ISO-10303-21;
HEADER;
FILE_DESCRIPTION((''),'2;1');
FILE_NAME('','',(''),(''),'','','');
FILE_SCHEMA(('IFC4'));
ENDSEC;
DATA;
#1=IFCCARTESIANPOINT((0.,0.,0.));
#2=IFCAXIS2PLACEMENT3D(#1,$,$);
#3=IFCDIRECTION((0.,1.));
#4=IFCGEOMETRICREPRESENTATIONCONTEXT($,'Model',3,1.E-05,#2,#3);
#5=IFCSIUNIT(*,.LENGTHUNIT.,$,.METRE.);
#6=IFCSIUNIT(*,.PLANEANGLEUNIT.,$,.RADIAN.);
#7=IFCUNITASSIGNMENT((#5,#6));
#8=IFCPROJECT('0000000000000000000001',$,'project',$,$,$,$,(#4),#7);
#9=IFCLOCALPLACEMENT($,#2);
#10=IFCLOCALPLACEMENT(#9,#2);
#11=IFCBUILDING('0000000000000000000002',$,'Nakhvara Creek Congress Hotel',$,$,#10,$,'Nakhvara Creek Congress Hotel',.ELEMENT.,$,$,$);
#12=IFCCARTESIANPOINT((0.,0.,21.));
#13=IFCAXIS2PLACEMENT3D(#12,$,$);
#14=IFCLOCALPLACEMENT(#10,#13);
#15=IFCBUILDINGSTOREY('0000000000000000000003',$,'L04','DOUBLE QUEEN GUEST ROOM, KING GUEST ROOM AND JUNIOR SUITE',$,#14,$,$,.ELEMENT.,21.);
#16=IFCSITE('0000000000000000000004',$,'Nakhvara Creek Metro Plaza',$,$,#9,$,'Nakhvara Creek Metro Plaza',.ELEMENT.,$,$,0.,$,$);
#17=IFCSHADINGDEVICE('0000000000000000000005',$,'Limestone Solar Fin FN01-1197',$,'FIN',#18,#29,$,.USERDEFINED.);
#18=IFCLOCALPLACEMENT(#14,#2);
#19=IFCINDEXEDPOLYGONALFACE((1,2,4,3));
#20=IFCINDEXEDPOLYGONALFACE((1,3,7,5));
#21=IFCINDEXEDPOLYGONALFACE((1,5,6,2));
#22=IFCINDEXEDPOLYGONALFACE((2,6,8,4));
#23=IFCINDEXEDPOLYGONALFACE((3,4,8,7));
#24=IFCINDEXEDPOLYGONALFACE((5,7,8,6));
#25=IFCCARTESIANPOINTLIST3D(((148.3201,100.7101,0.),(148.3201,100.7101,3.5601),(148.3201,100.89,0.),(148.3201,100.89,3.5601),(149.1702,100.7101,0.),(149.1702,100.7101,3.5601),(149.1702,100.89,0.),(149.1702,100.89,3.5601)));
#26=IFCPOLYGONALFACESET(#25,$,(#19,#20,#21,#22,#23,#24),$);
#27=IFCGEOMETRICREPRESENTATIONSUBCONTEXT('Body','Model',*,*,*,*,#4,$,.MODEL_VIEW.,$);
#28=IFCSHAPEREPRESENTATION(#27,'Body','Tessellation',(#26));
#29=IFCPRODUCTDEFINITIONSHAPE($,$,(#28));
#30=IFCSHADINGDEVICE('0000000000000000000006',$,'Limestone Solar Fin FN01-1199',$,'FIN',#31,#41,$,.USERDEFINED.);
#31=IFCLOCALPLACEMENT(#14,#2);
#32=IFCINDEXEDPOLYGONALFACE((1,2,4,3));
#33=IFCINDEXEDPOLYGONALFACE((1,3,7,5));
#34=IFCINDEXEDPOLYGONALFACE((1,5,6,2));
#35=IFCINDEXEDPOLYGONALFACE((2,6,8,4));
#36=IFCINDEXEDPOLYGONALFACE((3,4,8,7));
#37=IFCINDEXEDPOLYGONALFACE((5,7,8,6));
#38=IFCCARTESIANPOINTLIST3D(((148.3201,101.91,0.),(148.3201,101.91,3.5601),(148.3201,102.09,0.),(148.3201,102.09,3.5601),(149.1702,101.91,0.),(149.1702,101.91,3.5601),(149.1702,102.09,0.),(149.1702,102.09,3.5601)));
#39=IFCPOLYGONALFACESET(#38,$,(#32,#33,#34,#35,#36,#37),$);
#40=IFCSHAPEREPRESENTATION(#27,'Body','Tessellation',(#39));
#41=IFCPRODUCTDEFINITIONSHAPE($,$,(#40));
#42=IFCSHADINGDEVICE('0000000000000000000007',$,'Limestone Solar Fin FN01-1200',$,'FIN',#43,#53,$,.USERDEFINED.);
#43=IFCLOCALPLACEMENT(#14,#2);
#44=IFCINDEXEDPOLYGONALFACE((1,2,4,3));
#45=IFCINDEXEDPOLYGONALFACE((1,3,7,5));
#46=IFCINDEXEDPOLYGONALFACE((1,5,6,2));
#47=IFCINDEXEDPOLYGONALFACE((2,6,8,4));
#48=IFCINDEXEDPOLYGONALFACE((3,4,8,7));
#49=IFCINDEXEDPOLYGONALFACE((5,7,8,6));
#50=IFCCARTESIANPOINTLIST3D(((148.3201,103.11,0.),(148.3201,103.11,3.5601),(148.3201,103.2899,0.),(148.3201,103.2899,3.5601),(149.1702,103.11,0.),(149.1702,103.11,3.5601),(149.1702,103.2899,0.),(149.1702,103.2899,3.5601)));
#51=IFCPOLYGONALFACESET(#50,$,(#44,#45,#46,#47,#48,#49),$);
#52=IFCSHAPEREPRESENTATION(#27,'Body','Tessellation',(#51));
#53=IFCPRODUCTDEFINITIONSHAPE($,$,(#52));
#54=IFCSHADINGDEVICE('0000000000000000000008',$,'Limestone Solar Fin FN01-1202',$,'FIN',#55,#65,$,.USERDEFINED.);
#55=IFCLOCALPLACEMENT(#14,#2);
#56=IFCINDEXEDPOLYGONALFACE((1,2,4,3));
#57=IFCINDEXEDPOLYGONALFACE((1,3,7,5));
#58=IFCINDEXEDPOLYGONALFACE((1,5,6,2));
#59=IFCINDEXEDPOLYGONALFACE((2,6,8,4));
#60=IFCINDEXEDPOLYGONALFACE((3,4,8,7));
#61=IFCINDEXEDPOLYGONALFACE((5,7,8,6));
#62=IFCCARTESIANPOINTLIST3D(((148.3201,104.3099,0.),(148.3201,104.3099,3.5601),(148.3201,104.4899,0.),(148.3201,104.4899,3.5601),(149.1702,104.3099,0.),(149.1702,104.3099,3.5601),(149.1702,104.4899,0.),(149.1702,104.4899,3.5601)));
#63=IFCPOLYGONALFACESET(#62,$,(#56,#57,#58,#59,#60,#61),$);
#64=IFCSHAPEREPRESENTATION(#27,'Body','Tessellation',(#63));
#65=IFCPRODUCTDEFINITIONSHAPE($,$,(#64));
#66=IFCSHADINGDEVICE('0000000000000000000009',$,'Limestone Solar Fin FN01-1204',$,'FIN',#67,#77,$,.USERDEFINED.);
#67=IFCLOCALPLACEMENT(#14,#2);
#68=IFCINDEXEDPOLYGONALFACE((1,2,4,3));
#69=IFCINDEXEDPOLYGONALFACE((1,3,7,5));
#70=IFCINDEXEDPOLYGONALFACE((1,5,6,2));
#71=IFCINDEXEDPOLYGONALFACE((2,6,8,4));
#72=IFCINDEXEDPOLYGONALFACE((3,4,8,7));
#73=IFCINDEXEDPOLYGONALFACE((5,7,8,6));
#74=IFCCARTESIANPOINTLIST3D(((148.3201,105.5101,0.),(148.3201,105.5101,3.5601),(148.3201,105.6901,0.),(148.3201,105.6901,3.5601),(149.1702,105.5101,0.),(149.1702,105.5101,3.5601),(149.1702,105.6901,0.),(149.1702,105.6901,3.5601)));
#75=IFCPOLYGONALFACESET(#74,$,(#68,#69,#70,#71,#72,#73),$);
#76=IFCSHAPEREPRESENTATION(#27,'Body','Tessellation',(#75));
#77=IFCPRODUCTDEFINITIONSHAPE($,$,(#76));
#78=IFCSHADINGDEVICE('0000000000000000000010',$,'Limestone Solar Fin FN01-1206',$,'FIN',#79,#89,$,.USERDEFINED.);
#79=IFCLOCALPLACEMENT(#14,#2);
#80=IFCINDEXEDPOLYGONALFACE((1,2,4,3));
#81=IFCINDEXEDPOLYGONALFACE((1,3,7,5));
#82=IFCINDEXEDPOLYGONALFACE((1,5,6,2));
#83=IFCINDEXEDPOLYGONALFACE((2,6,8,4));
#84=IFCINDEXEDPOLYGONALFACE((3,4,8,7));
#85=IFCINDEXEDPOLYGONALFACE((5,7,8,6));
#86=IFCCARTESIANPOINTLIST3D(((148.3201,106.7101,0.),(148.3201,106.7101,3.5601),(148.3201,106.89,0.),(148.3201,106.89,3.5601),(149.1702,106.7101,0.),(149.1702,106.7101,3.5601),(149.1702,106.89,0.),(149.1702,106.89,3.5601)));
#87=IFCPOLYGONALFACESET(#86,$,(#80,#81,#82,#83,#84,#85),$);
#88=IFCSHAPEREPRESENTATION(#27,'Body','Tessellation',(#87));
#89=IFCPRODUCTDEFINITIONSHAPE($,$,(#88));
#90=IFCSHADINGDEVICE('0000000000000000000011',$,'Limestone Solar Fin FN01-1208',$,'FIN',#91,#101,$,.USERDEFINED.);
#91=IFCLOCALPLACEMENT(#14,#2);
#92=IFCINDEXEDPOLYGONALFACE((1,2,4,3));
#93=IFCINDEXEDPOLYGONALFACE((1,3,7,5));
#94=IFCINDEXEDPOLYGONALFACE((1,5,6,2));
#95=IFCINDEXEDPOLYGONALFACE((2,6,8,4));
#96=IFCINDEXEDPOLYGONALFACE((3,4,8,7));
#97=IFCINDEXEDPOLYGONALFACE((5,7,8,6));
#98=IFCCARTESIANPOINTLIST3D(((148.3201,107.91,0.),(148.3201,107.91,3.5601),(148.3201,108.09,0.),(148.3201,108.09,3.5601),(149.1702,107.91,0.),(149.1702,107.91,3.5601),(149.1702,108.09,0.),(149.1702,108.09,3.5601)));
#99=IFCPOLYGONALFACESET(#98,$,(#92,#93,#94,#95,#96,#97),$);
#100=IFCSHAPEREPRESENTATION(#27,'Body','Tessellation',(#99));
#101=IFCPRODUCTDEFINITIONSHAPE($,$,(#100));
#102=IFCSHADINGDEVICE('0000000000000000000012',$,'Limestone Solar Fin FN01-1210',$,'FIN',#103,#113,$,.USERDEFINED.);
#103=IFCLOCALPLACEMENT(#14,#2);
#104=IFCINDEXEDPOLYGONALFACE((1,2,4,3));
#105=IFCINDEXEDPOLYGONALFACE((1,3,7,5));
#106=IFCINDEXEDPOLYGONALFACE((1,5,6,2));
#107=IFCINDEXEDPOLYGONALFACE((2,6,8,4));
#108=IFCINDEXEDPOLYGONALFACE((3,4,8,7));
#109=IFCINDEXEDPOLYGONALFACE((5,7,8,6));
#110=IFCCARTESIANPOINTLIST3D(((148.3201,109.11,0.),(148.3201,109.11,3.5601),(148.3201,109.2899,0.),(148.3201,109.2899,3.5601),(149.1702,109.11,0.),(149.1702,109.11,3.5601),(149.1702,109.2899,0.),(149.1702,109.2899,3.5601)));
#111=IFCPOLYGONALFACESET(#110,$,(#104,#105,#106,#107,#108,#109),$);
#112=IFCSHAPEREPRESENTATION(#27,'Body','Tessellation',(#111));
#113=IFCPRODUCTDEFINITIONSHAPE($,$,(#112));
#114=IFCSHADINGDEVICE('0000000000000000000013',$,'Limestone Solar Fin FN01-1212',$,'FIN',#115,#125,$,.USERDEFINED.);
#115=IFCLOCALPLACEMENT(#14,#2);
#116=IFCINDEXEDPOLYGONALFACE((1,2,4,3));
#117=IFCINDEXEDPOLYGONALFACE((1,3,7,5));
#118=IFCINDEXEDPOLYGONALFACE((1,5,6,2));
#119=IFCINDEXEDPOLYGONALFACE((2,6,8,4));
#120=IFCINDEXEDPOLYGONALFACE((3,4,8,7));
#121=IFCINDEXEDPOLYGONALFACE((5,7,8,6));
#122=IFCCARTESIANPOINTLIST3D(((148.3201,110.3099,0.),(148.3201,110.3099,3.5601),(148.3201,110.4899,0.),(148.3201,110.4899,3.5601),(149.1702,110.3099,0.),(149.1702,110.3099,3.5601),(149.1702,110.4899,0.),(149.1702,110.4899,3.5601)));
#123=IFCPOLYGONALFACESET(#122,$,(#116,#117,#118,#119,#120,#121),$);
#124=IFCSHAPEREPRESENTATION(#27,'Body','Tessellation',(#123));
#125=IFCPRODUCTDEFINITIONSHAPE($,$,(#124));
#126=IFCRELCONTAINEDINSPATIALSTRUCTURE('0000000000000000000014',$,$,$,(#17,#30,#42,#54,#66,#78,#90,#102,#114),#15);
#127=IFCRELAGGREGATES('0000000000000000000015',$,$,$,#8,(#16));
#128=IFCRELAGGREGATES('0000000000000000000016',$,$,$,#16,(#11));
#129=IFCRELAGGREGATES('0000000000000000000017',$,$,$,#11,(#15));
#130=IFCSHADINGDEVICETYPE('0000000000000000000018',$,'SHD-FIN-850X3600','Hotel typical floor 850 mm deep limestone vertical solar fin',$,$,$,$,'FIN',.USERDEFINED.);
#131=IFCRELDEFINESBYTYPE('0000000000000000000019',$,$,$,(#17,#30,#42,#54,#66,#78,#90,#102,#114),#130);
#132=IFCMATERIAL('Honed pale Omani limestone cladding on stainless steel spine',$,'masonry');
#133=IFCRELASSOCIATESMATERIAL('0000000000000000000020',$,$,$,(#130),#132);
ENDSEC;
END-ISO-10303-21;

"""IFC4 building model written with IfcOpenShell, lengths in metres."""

from ifc_helpers import new_model, si_unit, direction, frame, origin, origin_2d, place, context, subcontext, project, spatial, rectangle, extrude, material, type_object, element, save


model = new_model("IFC4")

# Units and contexts
model_context = context("Model", 3, precision=1e-05, world=origin(), true_north=direction((0.0, 1.0)))
body_context = subcontext(model_context, "Body", "Model", "MODEL_VIEW")
ifc_project = project(units=[si_unit("LENGTHUNIT", "METRE"), si_unit("PLANEANGLEUNIT", "RADIAN")], contexts=[model_context])

# Site, building, storey
site_placement = place(None, origin())
site = spatial("IfcSite", under=ifc_project, at=site_placement, Name="Nakhvara Creek Metro Plaza", LongName="Nakhvara Creek Metro Plaza", CompositionType="ELEMENT", RefElevation=0.0)
building_placement = place(site_placement, origin())
building = spatial("IfcBuilding", under=site, at=building_placement, Name="Nakhvara Creek Congress Hotel", LongName="Nakhvara Creek Congress Hotel", CompositionType="ELEMENT")
storey_placement = place(building_placement, frame((0.0, 0.0, 21.0)))
storey = spatial("IfcBuildingStorey", under=building, at=storey_placement, Name="L04", Description="DOUBLE QUEEN GUEST ROOM, KING GUEST ROOM AND JUNIOR SUITE", CompositionType="ELEMENT", Elevation=21.0)

# Shading devices
ifc_material_1 = material(Name="Honed pale Omani limestone cladding on stainless steel spine", Category="masonry")
shading_device_type = type_object("IfcShadingDeviceType", Name="SHD-FIN-850X3600", Description="Hotel typical floor 850 mm deep limestone vertical solar fin", ElementType="FIN", PredefinedType="USERDEFINED", material=ifc_material_1)
for number, where, z_axis, x_axis, name in (
    (1, (148.7451, 100.8, 0.0), (0.0, 0.0, 1.0), (0.0, 1.0, 0.0), "Limestone Solar Fin FN01-1197"),
    (2, (148.7451, 102.0, 0.0), (0.0, 0.0, 1.0), (0.0, 1.0, 0.0), "Limestone Solar Fin FN01-1199"),
    (3, (148.7451, 103.2, 0.0), (0.0, 0.0, 1.0), (0.0, 1.0, 0.0), "Limestone Solar Fin FN01-1200"),
    (4, (148.7451, 104.3999, 0.0), (0.0, 0.0, 1.0), (0.0, 1.0, 0.0), "Limestone Solar Fin FN01-1202"),
    (5, (148.7451, 105.6001, 0.0), (0.0, 0.0, 1.0), (0.0, 1.0, 0.0), "Limestone Solar Fin FN01-1204"),
    (6, (148.7451, 106.8, 0.0), (0.0, 0.0, 1.0), (0.0, 1.0, 0.0), "Limestone Solar Fin FN01-1206"),
    (7, (148.7451, 108.0, 0.0), (0.0, 0.0, 1.0), (0.0, 1.0, 0.0), "Limestone Solar Fin FN01-1208"),
    (8, (148.7451, 109.2, 0.0), (0.0, 0.0, 1.0), (0.0, 1.0, 0.0), "Limestone Solar Fin FN01-1210"),
    (9, (148.7451, 110.3999, 0.0), (0.0, 0.0, 1.0), (0.0, 1.0, 0.0), "Limestone Solar Fin FN01-1212"),
):
    element("IfcShadingDevice", number, at=place(storey_placement, frame(where, z_axis=z_axis, x_axis=x_axis)), inside=storey, type_object=shading_device_type, Name=name, ObjectType="FIN", PredefinedType="USERDEFINED", context=body_context, shape_type="SweptSolid", body=[
        extrude(rectangle(XDim=0.1799, YDim=0.8501, at=origin_2d()), origin(), (0.0, 0.0, 1.0), 3.5601),
    ])

save(model, "model.ifc")
